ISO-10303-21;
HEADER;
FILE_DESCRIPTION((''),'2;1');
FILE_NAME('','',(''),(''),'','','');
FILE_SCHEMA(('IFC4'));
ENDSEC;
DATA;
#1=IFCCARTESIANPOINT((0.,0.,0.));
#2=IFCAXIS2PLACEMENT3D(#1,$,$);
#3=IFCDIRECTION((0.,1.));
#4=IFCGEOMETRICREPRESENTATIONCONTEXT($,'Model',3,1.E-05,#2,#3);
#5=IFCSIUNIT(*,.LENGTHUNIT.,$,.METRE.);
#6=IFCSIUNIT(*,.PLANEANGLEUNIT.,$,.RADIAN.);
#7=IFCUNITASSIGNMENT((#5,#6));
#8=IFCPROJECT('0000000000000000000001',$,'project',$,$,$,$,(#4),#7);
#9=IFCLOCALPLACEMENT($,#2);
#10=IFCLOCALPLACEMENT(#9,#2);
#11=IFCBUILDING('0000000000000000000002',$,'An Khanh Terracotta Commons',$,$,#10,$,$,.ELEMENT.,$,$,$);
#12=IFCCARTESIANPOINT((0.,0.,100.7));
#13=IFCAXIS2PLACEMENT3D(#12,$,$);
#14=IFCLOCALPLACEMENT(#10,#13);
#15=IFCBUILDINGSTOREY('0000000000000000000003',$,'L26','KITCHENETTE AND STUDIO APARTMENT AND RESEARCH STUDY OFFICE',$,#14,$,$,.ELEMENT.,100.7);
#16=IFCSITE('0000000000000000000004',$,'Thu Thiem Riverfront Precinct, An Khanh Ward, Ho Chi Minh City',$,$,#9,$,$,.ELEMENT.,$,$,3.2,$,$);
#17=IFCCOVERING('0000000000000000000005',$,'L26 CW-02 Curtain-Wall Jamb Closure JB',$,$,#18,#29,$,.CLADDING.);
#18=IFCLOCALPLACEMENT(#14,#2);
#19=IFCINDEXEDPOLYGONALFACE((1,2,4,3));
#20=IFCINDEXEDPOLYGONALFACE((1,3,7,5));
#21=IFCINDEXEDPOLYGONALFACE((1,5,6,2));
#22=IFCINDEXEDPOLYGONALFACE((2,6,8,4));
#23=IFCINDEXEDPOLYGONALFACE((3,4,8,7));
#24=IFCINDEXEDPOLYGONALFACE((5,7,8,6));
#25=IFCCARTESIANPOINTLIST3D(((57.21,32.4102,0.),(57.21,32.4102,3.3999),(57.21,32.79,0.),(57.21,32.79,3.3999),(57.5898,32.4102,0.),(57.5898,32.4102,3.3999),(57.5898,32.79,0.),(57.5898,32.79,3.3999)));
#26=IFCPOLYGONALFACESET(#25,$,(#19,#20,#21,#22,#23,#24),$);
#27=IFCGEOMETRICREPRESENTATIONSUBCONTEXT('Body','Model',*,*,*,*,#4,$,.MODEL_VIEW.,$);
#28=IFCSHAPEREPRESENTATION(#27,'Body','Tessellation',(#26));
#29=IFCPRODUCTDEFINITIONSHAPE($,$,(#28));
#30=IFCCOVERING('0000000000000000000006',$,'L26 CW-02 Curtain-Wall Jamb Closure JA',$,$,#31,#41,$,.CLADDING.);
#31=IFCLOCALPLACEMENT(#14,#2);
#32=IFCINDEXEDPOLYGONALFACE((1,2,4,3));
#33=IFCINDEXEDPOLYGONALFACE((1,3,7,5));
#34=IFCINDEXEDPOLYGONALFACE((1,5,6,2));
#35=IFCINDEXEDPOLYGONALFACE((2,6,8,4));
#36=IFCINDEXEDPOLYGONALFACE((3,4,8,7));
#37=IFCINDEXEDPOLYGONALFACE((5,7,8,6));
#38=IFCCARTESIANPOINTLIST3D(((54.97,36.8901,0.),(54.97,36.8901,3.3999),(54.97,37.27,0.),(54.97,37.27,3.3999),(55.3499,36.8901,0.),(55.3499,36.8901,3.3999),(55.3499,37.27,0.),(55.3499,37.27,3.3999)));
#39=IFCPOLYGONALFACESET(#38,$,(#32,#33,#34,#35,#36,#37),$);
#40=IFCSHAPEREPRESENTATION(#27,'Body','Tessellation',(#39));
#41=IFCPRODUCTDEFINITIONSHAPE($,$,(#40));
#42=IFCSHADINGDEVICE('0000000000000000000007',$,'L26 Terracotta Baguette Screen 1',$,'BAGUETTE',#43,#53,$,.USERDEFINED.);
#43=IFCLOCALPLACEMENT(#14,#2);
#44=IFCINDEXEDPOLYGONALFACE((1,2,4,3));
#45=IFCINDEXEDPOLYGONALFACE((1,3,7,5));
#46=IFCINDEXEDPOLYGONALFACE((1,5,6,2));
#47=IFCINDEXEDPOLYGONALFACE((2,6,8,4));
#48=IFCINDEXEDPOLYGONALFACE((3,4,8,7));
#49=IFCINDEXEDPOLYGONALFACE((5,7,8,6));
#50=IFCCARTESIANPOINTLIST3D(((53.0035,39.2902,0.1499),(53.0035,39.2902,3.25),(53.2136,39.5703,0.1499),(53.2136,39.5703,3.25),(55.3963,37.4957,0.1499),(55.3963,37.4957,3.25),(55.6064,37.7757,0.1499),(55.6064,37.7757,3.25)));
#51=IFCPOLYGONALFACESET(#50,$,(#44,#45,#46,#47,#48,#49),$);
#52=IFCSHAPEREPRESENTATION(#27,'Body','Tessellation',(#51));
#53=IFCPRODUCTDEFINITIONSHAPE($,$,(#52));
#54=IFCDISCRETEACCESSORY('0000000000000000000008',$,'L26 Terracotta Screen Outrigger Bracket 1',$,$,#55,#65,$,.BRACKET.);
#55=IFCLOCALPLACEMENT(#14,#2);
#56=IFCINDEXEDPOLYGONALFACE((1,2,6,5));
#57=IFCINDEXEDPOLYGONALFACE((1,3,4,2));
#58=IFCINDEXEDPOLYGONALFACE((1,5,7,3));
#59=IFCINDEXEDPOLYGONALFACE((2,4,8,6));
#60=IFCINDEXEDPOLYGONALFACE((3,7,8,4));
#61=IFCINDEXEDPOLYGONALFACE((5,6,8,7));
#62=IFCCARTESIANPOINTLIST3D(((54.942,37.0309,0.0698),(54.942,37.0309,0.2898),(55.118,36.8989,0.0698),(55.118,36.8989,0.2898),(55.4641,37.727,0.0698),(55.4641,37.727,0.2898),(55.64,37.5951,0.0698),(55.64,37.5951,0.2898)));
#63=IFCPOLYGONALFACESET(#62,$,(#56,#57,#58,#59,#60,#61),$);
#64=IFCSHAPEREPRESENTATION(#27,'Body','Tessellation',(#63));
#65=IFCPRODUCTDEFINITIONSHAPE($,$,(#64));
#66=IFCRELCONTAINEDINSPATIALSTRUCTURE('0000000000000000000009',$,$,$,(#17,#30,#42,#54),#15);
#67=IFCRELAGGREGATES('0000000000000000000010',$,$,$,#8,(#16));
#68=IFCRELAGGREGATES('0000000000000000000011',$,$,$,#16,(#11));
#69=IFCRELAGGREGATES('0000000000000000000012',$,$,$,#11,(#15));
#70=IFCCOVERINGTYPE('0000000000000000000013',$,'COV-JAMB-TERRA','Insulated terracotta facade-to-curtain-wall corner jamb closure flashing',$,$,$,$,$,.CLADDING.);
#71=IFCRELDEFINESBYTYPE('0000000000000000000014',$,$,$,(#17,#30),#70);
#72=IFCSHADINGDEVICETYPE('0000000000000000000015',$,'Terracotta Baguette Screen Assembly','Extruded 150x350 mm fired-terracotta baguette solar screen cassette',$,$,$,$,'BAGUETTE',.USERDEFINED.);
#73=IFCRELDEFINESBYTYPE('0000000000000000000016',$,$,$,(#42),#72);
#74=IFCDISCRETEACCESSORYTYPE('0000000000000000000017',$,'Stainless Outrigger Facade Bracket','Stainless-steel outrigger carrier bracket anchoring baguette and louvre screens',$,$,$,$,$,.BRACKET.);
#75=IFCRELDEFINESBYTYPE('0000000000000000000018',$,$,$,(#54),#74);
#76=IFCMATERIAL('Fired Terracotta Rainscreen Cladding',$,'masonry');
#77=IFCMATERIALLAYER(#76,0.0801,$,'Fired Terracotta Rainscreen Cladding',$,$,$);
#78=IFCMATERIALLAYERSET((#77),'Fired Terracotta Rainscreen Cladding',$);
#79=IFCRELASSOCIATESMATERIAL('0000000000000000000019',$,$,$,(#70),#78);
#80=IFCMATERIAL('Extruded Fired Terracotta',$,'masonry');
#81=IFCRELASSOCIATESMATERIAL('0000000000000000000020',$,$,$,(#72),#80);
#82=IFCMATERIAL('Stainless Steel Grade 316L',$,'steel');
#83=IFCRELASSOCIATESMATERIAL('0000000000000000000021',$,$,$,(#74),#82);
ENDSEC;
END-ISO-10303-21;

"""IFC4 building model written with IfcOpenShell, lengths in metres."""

from ifc_helpers import new_model, si_unit, direction, frame, origin, origin_2d, place, context, subcontext, project, spatial, rectangle, extrude, material, layer, layer_set, type_object, element, save


model = new_model("IFC4")

# Units and contexts
model_context = context("Model", 3, precision=1e-05, world=origin(), true_north=direction((0.0, 1.0)))
body_context = subcontext(model_context, "Body", "Model", "MODEL_VIEW")
ifc_project = project(units=[si_unit("LENGTHUNIT", "METRE"), si_unit("PLANEANGLEUNIT", "RADIAN")], contexts=[model_context])

# Site, building, storey
site_placement = place(None, origin())
site = spatial("IfcSite", under=ifc_project, at=site_placement, Name="Thu Thiem Riverfront Precinct, An Khanh Ward, Ho Chi Minh City", CompositionType="ELEMENT", RefElevation=3.2)
building_placement = place(site_placement, origin())
building = spatial("IfcBuilding", under=site, at=building_placement, Name="An Khanh Terracotta Commons", CompositionType="ELEMENT")
storey_placement = place(building_placement, frame((0.0, 0.0, 100.7)))
storey = spatial("IfcBuildingStorey", under=building, at=storey_placement, Name="L26", Description="KITCHENETTE AND STUDIO APARTMENT AND RESEARCH STUDY OFFICE", CompositionType="ELEMENT", Elevation=100.7)

# Coverings
ifc_material_1 = material(Name="Fired Terracotta Rainscreen Cladding", Category="masonry")
ifc_layer_1 = layer(ifc_material_1, 0.0801, Name="Fired Terracotta Rainscreen Cladding")
ifc_layer_set_1 = layer_set([ifc_layer_1], Name="Fired Terracotta Rainscreen Cladding")
covering_type = type_object("IfcCoveringType", Name="COV-JAMB-TERRA", Description="Insulated terracotta facade-to-curtain-wall corner jamb closure flashing", PredefinedType="CLADDING", material=ifc_layer_set_1)
for number, where, z_axis, x_axis, name in (
    (1, (57.3999, 32.6001, 0.0), (0.0, 0.0, 1.0), (1.0, 0.0, 0.0), "L26 CW-02 Curtain-Wall Jamb Closure JB"),
    (2, (55.1599, 37.0801, 0.0), (0.0, 0.0, 1.0), (1.0, 0.0, 0.0), "L26 CW-02 Curtain-Wall Jamb Closure JA"),
):
    element("IfcCovering", number, at=place(storey_placement, frame(where, z_axis=z_axis, x_axis=x_axis)), inside=storey, type_object=covering_type, Name=name, PredefinedType="CLADDING", context=body_context, shape_type="SweptSolid", body=[
        extrude(rectangle(XDim=0.3799, YDim=0.3799, at=origin_2d()), origin(), (0.0, 0.0, 1.0), 3.3999),
    ])

# Shading device
ifc_material_2 = material(Name="Extruded Fired Terracotta", Category="masonry")
shading_device_type = type_object("IfcShadingDeviceType", Name="Terracotta Baguette Screen Assembly", Description="Extruded 150x350 mm fired-terracotta baguette solar screen cassette", ElementType="BAGUETTE", PredefinedType="USERDEFINED", material=ifc_material_2)
shading_device_placement = place(storey_placement, frame((54.3049, 38.533, 0.1499), z_axis=(0.0, 0.0, 1.0), x_axis=(-0.800013, 0.599983, 0.0)))
element("IfcShadingDevice", 3, at=shading_device_placement, inside=storey, type_object=shading_device_type, Name="L26 Terracotta Baguette Screen 1", ObjectType="BAGUETTE", PredefinedType="USERDEFINED", context=body_context, shape_type="SweptSolid", body=[
    extrude(rectangle(XDim=2.991, YDim=0.3501, at=origin_2d()), origin(), (0.0, 0.0, 1.0), 3.1001),
])

# Discrete accessory
ifc_material_3 = material(Name="Stainless Steel Grade 316L", Category="steel")
discrete_accessory_type = type_object("IfcDiscreteAccessoryType", Name="Stainless Outrigger Facade Bracket", Description="Stainless-steel outrigger carrier bracket anchoring baguette and louvre screens", PredefinedType="BRACKET", material=ifc_material_3)
discrete_accessory_placement = place(storey_placement, frame((55.291, 37.313, 0.0698), z_axis=(0.0, 0.0, 1.0), x_axis=(-0.800013, 0.599983, 0.0)))
element("IfcDiscreteAccessory", 4, at=discrete_accessory_placement, inside=storey, type_object=discrete_accessory_type, Name="L26 Terracotta Screen Outrigger Bracket 1", PredefinedType="BRACKET", context=body_context, shape_type="SweptSolid", body=[
    extrude(rectangle(XDim=0.22, YDim=0.8701, at=origin_2d()), origin(), (0.0, 0.0, 1.0), 0.22),
])

save(model, "model.ifc")
